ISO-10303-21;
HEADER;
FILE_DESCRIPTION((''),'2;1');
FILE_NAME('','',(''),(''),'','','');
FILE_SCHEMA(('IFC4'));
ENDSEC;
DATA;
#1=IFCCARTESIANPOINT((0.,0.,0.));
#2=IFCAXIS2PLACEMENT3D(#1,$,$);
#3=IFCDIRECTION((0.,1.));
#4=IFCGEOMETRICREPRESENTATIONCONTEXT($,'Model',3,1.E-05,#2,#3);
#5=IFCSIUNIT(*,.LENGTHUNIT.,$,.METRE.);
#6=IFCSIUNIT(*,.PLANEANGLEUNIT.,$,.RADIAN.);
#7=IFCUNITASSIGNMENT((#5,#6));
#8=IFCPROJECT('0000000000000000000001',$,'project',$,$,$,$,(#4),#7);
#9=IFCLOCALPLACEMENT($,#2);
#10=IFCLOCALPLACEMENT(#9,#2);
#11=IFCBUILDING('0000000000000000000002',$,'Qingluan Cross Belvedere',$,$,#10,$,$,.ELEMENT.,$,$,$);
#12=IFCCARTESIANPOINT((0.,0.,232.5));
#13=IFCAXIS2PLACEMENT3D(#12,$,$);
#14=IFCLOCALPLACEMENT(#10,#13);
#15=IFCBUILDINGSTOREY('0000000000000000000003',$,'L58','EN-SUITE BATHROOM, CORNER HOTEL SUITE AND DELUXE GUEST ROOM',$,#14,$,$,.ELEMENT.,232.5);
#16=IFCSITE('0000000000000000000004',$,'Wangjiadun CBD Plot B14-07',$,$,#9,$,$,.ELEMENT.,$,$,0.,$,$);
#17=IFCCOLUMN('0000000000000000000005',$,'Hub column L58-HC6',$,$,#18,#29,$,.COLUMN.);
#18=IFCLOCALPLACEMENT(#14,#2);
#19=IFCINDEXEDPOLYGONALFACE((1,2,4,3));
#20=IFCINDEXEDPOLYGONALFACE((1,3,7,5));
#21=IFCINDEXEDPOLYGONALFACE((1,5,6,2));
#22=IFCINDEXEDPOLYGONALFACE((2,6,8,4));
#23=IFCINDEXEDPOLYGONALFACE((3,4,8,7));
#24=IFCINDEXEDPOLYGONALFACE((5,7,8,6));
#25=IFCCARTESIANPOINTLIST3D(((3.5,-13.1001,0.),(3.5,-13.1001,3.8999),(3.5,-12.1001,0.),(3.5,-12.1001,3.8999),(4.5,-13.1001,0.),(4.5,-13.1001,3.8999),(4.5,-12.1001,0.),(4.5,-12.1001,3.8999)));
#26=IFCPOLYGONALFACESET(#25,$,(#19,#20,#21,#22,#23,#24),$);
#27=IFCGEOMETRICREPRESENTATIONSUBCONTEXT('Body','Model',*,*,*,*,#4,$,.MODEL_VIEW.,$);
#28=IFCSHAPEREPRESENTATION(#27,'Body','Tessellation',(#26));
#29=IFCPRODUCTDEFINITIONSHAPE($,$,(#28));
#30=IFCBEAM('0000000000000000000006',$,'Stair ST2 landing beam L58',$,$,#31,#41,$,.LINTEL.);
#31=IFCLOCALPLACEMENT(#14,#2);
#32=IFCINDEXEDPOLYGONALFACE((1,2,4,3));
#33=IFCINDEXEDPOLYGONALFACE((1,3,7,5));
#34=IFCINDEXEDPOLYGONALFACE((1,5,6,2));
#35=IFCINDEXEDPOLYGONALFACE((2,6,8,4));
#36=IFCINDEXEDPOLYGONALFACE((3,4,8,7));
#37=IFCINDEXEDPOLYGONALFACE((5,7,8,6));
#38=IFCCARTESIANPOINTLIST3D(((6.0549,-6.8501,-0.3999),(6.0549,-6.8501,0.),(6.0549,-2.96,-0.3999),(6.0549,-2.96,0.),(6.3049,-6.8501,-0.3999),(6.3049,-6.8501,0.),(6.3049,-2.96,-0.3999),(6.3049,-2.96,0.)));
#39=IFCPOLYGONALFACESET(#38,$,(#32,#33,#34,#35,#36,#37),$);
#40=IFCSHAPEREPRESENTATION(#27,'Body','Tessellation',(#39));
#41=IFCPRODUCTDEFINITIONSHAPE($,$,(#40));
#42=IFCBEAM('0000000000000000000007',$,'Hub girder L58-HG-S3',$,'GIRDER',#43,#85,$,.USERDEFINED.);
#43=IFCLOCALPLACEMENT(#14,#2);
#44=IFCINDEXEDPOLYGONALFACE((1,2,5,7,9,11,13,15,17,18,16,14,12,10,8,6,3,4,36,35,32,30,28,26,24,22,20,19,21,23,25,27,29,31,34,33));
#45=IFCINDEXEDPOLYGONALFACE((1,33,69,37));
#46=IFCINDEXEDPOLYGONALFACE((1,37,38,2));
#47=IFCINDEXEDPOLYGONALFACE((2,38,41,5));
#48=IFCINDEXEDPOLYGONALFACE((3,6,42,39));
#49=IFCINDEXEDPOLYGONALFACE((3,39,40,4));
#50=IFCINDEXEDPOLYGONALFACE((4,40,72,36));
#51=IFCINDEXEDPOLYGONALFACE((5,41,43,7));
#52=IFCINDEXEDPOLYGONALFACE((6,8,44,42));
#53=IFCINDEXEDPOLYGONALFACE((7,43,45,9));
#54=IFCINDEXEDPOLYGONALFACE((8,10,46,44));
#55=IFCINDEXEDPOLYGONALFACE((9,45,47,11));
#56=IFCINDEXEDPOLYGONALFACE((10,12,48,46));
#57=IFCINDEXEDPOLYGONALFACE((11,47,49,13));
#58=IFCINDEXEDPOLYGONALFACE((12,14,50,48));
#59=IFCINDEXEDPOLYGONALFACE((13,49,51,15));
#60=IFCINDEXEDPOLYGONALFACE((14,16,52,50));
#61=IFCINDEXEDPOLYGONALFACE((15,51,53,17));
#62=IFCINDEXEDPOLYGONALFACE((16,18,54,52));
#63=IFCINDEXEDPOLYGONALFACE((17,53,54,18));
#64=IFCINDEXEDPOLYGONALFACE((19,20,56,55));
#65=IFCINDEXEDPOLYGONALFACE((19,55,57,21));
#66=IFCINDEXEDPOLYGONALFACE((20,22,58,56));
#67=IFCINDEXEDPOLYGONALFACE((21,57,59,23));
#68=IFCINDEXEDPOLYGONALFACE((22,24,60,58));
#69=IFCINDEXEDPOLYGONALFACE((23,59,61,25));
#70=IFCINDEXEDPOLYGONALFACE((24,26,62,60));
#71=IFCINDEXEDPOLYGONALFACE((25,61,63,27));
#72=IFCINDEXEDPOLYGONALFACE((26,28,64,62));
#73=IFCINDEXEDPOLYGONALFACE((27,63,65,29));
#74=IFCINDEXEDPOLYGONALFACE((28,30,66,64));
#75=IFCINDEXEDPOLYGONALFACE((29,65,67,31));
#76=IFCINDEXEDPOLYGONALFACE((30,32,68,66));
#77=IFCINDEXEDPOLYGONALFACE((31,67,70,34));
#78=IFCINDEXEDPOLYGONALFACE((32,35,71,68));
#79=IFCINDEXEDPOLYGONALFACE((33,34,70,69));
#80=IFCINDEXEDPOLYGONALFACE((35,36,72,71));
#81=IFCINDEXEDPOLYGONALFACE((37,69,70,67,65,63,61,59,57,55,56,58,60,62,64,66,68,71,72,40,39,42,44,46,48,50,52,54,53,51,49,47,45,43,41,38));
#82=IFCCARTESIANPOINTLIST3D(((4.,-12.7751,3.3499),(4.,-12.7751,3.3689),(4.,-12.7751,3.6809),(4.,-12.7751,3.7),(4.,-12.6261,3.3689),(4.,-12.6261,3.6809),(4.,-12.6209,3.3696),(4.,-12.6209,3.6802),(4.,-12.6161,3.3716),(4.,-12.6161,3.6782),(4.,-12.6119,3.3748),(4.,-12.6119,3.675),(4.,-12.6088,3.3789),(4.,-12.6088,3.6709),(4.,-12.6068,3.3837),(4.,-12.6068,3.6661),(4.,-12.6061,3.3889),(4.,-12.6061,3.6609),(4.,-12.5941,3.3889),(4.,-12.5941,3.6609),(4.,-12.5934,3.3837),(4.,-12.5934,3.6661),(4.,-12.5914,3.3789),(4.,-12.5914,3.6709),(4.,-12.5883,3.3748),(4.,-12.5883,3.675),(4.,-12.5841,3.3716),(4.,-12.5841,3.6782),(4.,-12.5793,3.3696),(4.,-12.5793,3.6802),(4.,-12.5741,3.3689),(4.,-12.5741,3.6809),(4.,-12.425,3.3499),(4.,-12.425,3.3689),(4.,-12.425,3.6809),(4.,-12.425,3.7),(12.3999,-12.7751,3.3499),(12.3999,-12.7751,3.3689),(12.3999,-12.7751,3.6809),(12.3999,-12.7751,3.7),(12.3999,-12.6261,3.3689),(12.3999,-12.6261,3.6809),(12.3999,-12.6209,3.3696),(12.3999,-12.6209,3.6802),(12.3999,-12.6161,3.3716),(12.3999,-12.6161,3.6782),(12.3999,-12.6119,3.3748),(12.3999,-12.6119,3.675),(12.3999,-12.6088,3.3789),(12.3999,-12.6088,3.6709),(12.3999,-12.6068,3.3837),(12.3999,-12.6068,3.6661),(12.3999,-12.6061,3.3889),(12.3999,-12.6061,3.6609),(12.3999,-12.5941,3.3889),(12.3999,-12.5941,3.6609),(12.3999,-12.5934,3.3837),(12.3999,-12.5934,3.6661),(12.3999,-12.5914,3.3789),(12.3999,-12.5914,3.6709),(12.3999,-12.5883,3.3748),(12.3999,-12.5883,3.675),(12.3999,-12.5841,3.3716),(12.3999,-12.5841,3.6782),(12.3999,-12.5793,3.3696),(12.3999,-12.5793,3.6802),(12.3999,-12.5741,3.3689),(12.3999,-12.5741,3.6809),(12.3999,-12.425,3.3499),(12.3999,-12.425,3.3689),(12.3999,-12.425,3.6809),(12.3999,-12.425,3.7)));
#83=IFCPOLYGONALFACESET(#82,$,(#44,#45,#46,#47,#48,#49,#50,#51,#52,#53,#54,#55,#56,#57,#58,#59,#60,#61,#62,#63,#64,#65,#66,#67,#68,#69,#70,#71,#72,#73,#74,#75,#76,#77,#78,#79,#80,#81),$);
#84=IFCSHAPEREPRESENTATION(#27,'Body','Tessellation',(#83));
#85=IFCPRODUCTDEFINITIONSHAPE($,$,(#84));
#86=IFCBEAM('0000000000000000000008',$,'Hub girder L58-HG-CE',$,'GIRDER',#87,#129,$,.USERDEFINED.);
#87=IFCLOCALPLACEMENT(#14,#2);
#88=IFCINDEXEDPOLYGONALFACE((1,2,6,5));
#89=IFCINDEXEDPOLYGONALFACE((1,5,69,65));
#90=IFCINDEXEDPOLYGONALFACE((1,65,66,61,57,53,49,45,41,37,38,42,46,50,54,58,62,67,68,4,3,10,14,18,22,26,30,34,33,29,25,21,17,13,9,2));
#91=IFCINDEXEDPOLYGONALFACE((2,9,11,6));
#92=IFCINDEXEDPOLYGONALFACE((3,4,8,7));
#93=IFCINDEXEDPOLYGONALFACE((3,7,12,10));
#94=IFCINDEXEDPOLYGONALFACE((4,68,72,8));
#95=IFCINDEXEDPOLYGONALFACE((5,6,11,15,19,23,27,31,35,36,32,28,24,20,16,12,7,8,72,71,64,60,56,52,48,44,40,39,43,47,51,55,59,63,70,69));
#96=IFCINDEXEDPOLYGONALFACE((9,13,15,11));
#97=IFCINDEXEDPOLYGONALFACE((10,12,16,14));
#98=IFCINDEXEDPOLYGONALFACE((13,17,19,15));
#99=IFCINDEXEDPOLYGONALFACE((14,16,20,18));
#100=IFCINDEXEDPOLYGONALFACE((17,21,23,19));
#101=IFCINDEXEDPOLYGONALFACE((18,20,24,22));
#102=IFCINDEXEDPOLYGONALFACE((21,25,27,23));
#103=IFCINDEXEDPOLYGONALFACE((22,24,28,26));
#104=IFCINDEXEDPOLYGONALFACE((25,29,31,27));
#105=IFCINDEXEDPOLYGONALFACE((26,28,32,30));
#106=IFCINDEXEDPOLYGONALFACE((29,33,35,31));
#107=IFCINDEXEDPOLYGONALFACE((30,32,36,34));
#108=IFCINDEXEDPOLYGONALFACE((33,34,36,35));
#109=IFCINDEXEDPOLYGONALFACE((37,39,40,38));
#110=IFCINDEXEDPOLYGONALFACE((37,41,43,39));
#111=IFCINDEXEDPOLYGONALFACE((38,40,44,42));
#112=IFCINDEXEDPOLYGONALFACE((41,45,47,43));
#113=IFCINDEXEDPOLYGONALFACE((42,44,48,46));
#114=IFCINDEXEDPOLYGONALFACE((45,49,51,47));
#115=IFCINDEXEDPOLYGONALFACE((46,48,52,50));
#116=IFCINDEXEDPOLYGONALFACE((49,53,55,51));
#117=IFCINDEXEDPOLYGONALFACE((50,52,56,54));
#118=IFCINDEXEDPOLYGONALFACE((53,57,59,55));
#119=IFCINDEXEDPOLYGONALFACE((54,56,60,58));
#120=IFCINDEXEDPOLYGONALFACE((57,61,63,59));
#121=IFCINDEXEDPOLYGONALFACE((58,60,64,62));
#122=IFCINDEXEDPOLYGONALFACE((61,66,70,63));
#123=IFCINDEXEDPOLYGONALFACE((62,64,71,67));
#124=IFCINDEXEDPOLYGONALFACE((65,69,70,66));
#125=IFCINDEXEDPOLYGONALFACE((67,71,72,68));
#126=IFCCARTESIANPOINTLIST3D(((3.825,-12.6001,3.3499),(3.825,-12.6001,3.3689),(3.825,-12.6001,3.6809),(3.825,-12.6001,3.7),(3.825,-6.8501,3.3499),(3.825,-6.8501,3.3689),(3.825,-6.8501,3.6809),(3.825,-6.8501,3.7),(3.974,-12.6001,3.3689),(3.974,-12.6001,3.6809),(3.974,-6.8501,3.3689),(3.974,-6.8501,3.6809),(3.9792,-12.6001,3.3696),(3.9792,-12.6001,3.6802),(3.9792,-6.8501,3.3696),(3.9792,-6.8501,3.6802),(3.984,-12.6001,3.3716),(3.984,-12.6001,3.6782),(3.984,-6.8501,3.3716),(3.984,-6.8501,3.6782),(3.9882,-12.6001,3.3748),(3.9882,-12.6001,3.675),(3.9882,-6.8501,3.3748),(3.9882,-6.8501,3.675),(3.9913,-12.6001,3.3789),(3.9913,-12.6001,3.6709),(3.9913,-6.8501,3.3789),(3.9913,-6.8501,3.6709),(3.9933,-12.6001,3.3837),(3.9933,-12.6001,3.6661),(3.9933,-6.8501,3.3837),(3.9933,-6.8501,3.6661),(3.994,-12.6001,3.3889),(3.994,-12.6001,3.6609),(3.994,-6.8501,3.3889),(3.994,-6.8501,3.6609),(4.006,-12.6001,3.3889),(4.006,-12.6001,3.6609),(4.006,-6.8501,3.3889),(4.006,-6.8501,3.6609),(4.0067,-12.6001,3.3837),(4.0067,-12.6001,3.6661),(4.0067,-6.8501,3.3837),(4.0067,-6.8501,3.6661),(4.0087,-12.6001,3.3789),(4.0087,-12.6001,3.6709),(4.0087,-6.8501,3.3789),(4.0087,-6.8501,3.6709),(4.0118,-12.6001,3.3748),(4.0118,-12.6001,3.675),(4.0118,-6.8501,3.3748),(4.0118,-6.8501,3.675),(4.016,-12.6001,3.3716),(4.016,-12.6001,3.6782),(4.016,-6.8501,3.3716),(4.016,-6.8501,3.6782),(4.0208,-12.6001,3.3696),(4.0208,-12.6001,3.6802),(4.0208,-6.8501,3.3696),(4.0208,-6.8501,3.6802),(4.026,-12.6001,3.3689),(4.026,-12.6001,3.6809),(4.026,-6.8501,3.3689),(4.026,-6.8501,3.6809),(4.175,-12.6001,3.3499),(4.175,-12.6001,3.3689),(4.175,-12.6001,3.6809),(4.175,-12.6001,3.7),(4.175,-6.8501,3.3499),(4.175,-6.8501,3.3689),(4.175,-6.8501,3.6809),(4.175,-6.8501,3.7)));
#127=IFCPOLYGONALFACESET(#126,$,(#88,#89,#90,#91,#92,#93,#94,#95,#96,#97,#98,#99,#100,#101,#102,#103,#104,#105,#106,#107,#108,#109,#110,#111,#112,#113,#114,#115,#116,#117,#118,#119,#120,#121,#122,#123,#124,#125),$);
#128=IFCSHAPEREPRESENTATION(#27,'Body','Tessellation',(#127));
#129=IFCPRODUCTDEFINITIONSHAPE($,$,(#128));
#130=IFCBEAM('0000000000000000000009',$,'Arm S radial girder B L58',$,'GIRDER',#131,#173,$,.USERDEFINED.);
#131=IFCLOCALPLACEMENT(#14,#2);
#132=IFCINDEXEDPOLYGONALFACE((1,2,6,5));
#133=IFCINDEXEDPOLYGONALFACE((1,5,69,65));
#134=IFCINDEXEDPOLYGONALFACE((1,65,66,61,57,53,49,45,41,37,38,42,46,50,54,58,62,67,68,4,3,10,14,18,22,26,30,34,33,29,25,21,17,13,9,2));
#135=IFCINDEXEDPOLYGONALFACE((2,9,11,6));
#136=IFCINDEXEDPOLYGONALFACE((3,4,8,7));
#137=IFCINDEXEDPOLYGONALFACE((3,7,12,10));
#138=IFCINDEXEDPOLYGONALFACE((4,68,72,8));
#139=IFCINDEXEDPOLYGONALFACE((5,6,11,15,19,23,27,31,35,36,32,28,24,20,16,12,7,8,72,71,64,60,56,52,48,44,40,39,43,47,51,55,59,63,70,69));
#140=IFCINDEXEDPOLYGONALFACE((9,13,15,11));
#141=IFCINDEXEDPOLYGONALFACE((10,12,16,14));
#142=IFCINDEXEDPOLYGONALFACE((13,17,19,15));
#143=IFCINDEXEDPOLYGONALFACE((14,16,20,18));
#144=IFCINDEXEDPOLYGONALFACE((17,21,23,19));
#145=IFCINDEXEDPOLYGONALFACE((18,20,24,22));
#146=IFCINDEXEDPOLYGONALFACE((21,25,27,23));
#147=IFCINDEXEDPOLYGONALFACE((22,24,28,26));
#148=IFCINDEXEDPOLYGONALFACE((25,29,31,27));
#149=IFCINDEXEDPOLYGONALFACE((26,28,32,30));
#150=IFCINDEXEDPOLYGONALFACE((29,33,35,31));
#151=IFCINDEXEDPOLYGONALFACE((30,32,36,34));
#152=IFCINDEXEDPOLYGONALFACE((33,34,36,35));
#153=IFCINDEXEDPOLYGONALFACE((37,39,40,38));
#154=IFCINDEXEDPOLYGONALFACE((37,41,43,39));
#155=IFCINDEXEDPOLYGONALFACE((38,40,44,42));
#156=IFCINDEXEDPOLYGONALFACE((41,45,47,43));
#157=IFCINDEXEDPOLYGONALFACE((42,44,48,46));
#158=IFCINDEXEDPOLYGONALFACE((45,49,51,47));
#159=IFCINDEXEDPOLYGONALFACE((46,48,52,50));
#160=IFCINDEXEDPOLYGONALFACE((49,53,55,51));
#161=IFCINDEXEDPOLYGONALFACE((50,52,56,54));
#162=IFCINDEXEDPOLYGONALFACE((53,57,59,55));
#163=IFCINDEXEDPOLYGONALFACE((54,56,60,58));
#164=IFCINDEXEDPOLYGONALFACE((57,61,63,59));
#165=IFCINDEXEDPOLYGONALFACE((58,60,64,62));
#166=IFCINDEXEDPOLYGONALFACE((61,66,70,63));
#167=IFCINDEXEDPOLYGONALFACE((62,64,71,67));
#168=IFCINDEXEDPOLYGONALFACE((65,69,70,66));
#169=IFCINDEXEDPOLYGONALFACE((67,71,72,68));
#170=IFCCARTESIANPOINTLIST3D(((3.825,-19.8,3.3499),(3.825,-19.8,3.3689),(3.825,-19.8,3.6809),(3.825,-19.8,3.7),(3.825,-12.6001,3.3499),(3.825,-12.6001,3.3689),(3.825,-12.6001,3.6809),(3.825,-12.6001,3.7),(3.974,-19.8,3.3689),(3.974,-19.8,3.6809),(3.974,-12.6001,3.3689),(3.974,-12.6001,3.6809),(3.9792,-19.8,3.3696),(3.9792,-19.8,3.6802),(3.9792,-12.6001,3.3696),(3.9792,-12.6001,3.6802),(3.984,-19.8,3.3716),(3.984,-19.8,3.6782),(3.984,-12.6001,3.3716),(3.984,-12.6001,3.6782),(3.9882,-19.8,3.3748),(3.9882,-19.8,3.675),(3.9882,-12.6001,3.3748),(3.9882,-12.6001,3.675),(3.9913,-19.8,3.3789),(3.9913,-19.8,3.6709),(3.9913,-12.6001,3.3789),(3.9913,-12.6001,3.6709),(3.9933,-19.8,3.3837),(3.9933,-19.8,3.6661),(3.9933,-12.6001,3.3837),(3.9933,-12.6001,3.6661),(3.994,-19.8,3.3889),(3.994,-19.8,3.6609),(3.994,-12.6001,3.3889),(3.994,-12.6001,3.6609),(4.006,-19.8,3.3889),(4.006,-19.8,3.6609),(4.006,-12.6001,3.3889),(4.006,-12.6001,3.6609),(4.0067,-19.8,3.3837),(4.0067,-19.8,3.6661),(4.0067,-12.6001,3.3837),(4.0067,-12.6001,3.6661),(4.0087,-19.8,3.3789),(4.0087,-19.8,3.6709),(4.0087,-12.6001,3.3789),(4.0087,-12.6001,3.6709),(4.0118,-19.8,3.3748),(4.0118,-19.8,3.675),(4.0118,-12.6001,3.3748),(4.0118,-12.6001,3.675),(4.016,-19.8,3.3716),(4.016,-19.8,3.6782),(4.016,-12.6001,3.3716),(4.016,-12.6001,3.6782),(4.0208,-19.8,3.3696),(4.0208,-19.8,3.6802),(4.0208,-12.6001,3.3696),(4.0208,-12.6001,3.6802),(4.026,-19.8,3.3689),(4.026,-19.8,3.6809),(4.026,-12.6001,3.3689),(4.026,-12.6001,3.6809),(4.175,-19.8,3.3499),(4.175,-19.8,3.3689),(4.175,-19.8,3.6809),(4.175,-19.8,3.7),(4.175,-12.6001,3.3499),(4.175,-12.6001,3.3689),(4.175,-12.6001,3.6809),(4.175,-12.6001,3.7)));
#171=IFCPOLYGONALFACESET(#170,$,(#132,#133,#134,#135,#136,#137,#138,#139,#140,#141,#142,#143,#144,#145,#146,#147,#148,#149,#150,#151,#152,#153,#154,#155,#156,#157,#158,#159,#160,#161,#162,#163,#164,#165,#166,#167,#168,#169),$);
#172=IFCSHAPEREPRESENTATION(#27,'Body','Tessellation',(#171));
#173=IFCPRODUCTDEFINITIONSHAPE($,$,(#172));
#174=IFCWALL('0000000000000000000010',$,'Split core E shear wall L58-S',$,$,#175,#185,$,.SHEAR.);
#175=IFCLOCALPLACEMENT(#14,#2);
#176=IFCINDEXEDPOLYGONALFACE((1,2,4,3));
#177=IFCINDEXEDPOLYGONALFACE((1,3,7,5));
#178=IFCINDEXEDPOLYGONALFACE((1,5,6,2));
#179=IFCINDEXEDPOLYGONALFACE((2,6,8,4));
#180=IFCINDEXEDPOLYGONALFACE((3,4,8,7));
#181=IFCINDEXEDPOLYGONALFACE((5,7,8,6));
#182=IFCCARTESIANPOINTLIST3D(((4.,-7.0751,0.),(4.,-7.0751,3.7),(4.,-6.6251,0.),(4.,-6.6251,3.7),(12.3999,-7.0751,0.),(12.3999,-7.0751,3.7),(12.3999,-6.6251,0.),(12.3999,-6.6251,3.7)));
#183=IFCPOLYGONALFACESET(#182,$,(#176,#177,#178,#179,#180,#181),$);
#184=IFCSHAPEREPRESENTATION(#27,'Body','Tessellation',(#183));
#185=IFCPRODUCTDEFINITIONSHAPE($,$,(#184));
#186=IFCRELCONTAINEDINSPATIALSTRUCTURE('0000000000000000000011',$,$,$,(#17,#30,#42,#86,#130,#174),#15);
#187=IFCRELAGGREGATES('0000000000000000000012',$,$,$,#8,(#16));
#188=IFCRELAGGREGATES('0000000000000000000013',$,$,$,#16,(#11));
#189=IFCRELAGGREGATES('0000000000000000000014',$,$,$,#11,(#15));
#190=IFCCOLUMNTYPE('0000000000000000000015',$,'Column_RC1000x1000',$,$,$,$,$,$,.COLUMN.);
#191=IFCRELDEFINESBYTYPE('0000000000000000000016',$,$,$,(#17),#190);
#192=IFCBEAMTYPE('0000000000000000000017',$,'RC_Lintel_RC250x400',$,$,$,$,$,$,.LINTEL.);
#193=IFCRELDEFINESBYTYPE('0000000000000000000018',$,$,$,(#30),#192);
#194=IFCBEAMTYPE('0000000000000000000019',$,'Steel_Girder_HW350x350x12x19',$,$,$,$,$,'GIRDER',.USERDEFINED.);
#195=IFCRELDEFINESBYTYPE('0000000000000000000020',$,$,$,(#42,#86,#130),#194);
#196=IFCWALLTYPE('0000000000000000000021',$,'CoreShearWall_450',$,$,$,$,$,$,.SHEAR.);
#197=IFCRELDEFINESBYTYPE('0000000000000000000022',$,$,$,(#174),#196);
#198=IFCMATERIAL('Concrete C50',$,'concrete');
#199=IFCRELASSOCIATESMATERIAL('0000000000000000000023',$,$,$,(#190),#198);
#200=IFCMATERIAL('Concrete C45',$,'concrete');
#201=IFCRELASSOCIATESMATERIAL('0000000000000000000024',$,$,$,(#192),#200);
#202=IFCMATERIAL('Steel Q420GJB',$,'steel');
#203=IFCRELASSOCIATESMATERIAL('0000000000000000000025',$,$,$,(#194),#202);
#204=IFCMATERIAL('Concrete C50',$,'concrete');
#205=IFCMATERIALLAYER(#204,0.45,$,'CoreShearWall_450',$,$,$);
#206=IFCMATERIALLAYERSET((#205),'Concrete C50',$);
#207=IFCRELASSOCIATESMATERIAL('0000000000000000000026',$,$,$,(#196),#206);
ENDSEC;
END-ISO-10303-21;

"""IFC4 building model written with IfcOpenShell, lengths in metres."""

from ifc_helpers import new_model, si_unit, direction, frame, frame_2d, origin, origin_2d, place, context, subcontext, project, spatial, rectangle, i_section, extrude, material, layer, layer_set, material_profile, profile_set, type_object, element, save


model = new_model("IFC4")

# Units and contexts
model_context = context("Model", 3, precision=1e-05, world=origin(), true_north=direction((0.0, 1.0)))
body_context = subcontext(model_context, "Body", "Model", "MODEL_VIEW")
ifc_project = project(units=[si_unit("LENGTHUNIT", "METRE"), si_unit("PLANEANGLEUNIT", "RADIAN")], contexts=[model_context])

# Site, building, storey
site_placement = place(None, origin())
site = spatial("IfcSite", under=ifc_project, at=site_placement, Name="Wangjiadun CBD Plot B14-07", CompositionType="ELEMENT", RefElevation=0.0)
building_placement = place(site_placement, origin())
building = spatial("IfcBuilding", under=site, at=building_placement, Name="Qingluan Cross Belvedere", CompositionType="ELEMENT")
storey_placement = place(building_placement, frame((0.0, 0.0, 232.5)))
storey = spatial("IfcBuildingStorey", under=building, at=storey_placement, Name="L58", Description="EN-SUITE BATHROOM, CORNER HOTEL SUITE AND DELUXE GUEST ROOM", CompositionType="ELEMENT", Elevation=232.5)

# Column
ifc_material_1 = material(Name="Concrete C50", Category="concrete")
ifc_material_profile_1 = material_profile(ifc_material_1, rectangle(XDim=1.0, YDim=1.0, at=origin_2d()), Name="RC1000x1000")
ifc_profile_set_1 = profile_set([ifc_material_profile_1], Name="Concrete C50")
column_type = type_object("IfcColumnType", Name="Column_RC1000x1000", PredefinedType="COLUMN", material=ifc_profile_set_1)
column_placement = place(storey_placement, frame((4.0, -12.6001, 0.0), z_axis=(0.0, 0.0, 1.0), x_axis=(1.0, 0.0, 0.0)))
element("IfcColumn", 1, at=column_placement, inside=storey, type_object=column_type, Name="Hub column L58-HC6", PredefinedType="COLUMN", context=body_context, shape_type="SweptSolid", body=[
    extrude(rectangle(XDim=1.0, YDim=1.0, at=origin_2d()), origin(), (0.0, 0.0, 1.0), 3.8999),
])

# Beams
ifc_material_2 = material(Name="Concrete C45", Category="concrete")
ifc_material_profile_2 = material_profile(ifc_material_2, rectangle(XDim=0.25, YDim=0.3999, at=origin_2d()), Name="RC250x400")
ifc_profile_set_2 = profile_set([ifc_material_profile_2], Name="Concrete C45")
beam_type_1 = type_object("IfcBeamType", Name="RC_Lintel_RC250x400", PredefinedType="LINTEL", material=ifc_profile_set_2)
beam_1_placement = place(storey_placement, frame((6.1799, -6.8501, -0.2), z_axis=(0.0, 1.0, 0.0), x_axis=(-1.0, 0.0, 0.0)))
element("IfcBeam", 2, at=beam_1_placement, inside=storey, type_object=beam_type_1, Name="Stair ST2 landing beam L58", PredefinedType="LINTEL", context=body_context, shape_type="SweptSolid", body=[
    extrude(rectangle(XDim=0.25, YDim=0.3999, at=origin_2d()), origin(), (0.0, 0.0, 1.0), 3.8901),
])
ifc_material_3 = material(Name="Steel Q420GJB", Category="steel")
ifc_material_profile_3 = material_profile(ifc_material_3, i_section(OverallWidth=0.3501, OverallDepth=0.3501, WebThickness=0.012, FlangeThickness=0.019, FilletRadius=0.02, at=origin_2d()), Name="HW350x350x12x19")
ifc_profile_set_3 = profile_set([ifc_material_profile_3], Name="Steel Q420GJB")
beam_type_2 = type_object("IfcBeamType", Name="Steel_Girder_HW350x350x12x19", ElementType="GIRDER", PredefinedType="USERDEFINED", material=ifc_profile_set_3)
beam_2_placement = place(storey_placement, frame((4.0, -12.6001, 3.5249), z_axis=(1.0, 0.0, 0.0), x_axis=(0.0, 1.0, 0.0)))
element("IfcBeam", 3, at=beam_2_placement, inside=storey, type_object=beam_type_2, Name="Hub girder L58-HG-S3", ObjectType="GIRDER", PredefinedType="USERDEFINED", context=body_context, shape_type="SweptSolid", body=[
    extrude(i_section(OverallWidth=0.3501, OverallDepth=0.3501, WebThickness=0.012, FlangeThickness=0.019, FilletRadius=0.02, at=origin_2d()), origin(), (0.0, 0.0, 1.0), 8.3999),
])
beam_3_placement = place(storey_placement, frame((4.0, -12.6001, 3.5249), z_axis=(0.0, 1.0, 0.0), x_axis=(-1.0, 0.0, 0.0)))
element("IfcBeam", 4, at=beam_3_placement, inside=storey, type_object=beam_type_2, Name="Hub girder L58-HG-CE", ObjectType="GIRDER", PredefinedType="USERDEFINED", context=body_context, shape_type="SweptSolid", body=[
    extrude(i_section(OverallWidth=0.3501, OverallDepth=0.3501, WebThickness=0.012, FlangeThickness=0.019, FilletRadius=0.02, at=origin_2d()), origin(), (0.0, 0.0, 1.0), 5.75),
])
beam_4_placement = place(storey_placement, frame((4.0, -12.6001, 3.5249), z_axis=(0.0, -1.0, 0.0), x_axis=(1.0, 0.0, 0.0)))
element("IfcBeam", 5, at=beam_4_placement, inside=storey, type_object=beam_type_2, Name="Arm S radial girder B L58", ObjectType="GIRDER", PredefinedType="USERDEFINED", context=body_context, shape_type="SweptSolid", body=[
    extrude(i_section(OverallWidth=0.3501, OverallDepth=0.3501, WebThickness=0.012, FlangeThickness=0.019, FilletRadius=0.02, at=origin_2d()), origin(), (0.0, 0.0, 1.0), 7.2),
])

# Wall
ifc_material_4 = material(Name="Concrete C50", Category="concrete")
ifc_layer_1 = layer(ifc_material_4, 0.45, Name="CoreShearWall_450")
ifc_layer_set_1 = layer_set([ifc_layer_1], Name="Concrete C50")
wall_type_1 = type_object("IfcWallType", Name="CoreShearWall_450", PredefinedType="SHEAR", material=ifc_layer_set_1)
wall_1_placement = place(storey_placement, frame((4.0, -6.8501, 0.0), z_axis=(0.0, 0.0, 1.0), x_axis=(1.0, 0.0, 0.0)))
element("IfcWall", 6, at=wall_1_placement, inside=storey, type_object=wall_type_1, Name="Split core E shear wall L58-S", PredefinedType="SHEAR", context=body_context, shape_type="SweptSolid", body=[
    extrude(rectangle(XDim=8.3999, YDim=0.45, at=frame_2d((4.2, 0.0))), origin(), (0.0, 0.0, 1.0), 3.7),
])

save(model, "model.ifc")
